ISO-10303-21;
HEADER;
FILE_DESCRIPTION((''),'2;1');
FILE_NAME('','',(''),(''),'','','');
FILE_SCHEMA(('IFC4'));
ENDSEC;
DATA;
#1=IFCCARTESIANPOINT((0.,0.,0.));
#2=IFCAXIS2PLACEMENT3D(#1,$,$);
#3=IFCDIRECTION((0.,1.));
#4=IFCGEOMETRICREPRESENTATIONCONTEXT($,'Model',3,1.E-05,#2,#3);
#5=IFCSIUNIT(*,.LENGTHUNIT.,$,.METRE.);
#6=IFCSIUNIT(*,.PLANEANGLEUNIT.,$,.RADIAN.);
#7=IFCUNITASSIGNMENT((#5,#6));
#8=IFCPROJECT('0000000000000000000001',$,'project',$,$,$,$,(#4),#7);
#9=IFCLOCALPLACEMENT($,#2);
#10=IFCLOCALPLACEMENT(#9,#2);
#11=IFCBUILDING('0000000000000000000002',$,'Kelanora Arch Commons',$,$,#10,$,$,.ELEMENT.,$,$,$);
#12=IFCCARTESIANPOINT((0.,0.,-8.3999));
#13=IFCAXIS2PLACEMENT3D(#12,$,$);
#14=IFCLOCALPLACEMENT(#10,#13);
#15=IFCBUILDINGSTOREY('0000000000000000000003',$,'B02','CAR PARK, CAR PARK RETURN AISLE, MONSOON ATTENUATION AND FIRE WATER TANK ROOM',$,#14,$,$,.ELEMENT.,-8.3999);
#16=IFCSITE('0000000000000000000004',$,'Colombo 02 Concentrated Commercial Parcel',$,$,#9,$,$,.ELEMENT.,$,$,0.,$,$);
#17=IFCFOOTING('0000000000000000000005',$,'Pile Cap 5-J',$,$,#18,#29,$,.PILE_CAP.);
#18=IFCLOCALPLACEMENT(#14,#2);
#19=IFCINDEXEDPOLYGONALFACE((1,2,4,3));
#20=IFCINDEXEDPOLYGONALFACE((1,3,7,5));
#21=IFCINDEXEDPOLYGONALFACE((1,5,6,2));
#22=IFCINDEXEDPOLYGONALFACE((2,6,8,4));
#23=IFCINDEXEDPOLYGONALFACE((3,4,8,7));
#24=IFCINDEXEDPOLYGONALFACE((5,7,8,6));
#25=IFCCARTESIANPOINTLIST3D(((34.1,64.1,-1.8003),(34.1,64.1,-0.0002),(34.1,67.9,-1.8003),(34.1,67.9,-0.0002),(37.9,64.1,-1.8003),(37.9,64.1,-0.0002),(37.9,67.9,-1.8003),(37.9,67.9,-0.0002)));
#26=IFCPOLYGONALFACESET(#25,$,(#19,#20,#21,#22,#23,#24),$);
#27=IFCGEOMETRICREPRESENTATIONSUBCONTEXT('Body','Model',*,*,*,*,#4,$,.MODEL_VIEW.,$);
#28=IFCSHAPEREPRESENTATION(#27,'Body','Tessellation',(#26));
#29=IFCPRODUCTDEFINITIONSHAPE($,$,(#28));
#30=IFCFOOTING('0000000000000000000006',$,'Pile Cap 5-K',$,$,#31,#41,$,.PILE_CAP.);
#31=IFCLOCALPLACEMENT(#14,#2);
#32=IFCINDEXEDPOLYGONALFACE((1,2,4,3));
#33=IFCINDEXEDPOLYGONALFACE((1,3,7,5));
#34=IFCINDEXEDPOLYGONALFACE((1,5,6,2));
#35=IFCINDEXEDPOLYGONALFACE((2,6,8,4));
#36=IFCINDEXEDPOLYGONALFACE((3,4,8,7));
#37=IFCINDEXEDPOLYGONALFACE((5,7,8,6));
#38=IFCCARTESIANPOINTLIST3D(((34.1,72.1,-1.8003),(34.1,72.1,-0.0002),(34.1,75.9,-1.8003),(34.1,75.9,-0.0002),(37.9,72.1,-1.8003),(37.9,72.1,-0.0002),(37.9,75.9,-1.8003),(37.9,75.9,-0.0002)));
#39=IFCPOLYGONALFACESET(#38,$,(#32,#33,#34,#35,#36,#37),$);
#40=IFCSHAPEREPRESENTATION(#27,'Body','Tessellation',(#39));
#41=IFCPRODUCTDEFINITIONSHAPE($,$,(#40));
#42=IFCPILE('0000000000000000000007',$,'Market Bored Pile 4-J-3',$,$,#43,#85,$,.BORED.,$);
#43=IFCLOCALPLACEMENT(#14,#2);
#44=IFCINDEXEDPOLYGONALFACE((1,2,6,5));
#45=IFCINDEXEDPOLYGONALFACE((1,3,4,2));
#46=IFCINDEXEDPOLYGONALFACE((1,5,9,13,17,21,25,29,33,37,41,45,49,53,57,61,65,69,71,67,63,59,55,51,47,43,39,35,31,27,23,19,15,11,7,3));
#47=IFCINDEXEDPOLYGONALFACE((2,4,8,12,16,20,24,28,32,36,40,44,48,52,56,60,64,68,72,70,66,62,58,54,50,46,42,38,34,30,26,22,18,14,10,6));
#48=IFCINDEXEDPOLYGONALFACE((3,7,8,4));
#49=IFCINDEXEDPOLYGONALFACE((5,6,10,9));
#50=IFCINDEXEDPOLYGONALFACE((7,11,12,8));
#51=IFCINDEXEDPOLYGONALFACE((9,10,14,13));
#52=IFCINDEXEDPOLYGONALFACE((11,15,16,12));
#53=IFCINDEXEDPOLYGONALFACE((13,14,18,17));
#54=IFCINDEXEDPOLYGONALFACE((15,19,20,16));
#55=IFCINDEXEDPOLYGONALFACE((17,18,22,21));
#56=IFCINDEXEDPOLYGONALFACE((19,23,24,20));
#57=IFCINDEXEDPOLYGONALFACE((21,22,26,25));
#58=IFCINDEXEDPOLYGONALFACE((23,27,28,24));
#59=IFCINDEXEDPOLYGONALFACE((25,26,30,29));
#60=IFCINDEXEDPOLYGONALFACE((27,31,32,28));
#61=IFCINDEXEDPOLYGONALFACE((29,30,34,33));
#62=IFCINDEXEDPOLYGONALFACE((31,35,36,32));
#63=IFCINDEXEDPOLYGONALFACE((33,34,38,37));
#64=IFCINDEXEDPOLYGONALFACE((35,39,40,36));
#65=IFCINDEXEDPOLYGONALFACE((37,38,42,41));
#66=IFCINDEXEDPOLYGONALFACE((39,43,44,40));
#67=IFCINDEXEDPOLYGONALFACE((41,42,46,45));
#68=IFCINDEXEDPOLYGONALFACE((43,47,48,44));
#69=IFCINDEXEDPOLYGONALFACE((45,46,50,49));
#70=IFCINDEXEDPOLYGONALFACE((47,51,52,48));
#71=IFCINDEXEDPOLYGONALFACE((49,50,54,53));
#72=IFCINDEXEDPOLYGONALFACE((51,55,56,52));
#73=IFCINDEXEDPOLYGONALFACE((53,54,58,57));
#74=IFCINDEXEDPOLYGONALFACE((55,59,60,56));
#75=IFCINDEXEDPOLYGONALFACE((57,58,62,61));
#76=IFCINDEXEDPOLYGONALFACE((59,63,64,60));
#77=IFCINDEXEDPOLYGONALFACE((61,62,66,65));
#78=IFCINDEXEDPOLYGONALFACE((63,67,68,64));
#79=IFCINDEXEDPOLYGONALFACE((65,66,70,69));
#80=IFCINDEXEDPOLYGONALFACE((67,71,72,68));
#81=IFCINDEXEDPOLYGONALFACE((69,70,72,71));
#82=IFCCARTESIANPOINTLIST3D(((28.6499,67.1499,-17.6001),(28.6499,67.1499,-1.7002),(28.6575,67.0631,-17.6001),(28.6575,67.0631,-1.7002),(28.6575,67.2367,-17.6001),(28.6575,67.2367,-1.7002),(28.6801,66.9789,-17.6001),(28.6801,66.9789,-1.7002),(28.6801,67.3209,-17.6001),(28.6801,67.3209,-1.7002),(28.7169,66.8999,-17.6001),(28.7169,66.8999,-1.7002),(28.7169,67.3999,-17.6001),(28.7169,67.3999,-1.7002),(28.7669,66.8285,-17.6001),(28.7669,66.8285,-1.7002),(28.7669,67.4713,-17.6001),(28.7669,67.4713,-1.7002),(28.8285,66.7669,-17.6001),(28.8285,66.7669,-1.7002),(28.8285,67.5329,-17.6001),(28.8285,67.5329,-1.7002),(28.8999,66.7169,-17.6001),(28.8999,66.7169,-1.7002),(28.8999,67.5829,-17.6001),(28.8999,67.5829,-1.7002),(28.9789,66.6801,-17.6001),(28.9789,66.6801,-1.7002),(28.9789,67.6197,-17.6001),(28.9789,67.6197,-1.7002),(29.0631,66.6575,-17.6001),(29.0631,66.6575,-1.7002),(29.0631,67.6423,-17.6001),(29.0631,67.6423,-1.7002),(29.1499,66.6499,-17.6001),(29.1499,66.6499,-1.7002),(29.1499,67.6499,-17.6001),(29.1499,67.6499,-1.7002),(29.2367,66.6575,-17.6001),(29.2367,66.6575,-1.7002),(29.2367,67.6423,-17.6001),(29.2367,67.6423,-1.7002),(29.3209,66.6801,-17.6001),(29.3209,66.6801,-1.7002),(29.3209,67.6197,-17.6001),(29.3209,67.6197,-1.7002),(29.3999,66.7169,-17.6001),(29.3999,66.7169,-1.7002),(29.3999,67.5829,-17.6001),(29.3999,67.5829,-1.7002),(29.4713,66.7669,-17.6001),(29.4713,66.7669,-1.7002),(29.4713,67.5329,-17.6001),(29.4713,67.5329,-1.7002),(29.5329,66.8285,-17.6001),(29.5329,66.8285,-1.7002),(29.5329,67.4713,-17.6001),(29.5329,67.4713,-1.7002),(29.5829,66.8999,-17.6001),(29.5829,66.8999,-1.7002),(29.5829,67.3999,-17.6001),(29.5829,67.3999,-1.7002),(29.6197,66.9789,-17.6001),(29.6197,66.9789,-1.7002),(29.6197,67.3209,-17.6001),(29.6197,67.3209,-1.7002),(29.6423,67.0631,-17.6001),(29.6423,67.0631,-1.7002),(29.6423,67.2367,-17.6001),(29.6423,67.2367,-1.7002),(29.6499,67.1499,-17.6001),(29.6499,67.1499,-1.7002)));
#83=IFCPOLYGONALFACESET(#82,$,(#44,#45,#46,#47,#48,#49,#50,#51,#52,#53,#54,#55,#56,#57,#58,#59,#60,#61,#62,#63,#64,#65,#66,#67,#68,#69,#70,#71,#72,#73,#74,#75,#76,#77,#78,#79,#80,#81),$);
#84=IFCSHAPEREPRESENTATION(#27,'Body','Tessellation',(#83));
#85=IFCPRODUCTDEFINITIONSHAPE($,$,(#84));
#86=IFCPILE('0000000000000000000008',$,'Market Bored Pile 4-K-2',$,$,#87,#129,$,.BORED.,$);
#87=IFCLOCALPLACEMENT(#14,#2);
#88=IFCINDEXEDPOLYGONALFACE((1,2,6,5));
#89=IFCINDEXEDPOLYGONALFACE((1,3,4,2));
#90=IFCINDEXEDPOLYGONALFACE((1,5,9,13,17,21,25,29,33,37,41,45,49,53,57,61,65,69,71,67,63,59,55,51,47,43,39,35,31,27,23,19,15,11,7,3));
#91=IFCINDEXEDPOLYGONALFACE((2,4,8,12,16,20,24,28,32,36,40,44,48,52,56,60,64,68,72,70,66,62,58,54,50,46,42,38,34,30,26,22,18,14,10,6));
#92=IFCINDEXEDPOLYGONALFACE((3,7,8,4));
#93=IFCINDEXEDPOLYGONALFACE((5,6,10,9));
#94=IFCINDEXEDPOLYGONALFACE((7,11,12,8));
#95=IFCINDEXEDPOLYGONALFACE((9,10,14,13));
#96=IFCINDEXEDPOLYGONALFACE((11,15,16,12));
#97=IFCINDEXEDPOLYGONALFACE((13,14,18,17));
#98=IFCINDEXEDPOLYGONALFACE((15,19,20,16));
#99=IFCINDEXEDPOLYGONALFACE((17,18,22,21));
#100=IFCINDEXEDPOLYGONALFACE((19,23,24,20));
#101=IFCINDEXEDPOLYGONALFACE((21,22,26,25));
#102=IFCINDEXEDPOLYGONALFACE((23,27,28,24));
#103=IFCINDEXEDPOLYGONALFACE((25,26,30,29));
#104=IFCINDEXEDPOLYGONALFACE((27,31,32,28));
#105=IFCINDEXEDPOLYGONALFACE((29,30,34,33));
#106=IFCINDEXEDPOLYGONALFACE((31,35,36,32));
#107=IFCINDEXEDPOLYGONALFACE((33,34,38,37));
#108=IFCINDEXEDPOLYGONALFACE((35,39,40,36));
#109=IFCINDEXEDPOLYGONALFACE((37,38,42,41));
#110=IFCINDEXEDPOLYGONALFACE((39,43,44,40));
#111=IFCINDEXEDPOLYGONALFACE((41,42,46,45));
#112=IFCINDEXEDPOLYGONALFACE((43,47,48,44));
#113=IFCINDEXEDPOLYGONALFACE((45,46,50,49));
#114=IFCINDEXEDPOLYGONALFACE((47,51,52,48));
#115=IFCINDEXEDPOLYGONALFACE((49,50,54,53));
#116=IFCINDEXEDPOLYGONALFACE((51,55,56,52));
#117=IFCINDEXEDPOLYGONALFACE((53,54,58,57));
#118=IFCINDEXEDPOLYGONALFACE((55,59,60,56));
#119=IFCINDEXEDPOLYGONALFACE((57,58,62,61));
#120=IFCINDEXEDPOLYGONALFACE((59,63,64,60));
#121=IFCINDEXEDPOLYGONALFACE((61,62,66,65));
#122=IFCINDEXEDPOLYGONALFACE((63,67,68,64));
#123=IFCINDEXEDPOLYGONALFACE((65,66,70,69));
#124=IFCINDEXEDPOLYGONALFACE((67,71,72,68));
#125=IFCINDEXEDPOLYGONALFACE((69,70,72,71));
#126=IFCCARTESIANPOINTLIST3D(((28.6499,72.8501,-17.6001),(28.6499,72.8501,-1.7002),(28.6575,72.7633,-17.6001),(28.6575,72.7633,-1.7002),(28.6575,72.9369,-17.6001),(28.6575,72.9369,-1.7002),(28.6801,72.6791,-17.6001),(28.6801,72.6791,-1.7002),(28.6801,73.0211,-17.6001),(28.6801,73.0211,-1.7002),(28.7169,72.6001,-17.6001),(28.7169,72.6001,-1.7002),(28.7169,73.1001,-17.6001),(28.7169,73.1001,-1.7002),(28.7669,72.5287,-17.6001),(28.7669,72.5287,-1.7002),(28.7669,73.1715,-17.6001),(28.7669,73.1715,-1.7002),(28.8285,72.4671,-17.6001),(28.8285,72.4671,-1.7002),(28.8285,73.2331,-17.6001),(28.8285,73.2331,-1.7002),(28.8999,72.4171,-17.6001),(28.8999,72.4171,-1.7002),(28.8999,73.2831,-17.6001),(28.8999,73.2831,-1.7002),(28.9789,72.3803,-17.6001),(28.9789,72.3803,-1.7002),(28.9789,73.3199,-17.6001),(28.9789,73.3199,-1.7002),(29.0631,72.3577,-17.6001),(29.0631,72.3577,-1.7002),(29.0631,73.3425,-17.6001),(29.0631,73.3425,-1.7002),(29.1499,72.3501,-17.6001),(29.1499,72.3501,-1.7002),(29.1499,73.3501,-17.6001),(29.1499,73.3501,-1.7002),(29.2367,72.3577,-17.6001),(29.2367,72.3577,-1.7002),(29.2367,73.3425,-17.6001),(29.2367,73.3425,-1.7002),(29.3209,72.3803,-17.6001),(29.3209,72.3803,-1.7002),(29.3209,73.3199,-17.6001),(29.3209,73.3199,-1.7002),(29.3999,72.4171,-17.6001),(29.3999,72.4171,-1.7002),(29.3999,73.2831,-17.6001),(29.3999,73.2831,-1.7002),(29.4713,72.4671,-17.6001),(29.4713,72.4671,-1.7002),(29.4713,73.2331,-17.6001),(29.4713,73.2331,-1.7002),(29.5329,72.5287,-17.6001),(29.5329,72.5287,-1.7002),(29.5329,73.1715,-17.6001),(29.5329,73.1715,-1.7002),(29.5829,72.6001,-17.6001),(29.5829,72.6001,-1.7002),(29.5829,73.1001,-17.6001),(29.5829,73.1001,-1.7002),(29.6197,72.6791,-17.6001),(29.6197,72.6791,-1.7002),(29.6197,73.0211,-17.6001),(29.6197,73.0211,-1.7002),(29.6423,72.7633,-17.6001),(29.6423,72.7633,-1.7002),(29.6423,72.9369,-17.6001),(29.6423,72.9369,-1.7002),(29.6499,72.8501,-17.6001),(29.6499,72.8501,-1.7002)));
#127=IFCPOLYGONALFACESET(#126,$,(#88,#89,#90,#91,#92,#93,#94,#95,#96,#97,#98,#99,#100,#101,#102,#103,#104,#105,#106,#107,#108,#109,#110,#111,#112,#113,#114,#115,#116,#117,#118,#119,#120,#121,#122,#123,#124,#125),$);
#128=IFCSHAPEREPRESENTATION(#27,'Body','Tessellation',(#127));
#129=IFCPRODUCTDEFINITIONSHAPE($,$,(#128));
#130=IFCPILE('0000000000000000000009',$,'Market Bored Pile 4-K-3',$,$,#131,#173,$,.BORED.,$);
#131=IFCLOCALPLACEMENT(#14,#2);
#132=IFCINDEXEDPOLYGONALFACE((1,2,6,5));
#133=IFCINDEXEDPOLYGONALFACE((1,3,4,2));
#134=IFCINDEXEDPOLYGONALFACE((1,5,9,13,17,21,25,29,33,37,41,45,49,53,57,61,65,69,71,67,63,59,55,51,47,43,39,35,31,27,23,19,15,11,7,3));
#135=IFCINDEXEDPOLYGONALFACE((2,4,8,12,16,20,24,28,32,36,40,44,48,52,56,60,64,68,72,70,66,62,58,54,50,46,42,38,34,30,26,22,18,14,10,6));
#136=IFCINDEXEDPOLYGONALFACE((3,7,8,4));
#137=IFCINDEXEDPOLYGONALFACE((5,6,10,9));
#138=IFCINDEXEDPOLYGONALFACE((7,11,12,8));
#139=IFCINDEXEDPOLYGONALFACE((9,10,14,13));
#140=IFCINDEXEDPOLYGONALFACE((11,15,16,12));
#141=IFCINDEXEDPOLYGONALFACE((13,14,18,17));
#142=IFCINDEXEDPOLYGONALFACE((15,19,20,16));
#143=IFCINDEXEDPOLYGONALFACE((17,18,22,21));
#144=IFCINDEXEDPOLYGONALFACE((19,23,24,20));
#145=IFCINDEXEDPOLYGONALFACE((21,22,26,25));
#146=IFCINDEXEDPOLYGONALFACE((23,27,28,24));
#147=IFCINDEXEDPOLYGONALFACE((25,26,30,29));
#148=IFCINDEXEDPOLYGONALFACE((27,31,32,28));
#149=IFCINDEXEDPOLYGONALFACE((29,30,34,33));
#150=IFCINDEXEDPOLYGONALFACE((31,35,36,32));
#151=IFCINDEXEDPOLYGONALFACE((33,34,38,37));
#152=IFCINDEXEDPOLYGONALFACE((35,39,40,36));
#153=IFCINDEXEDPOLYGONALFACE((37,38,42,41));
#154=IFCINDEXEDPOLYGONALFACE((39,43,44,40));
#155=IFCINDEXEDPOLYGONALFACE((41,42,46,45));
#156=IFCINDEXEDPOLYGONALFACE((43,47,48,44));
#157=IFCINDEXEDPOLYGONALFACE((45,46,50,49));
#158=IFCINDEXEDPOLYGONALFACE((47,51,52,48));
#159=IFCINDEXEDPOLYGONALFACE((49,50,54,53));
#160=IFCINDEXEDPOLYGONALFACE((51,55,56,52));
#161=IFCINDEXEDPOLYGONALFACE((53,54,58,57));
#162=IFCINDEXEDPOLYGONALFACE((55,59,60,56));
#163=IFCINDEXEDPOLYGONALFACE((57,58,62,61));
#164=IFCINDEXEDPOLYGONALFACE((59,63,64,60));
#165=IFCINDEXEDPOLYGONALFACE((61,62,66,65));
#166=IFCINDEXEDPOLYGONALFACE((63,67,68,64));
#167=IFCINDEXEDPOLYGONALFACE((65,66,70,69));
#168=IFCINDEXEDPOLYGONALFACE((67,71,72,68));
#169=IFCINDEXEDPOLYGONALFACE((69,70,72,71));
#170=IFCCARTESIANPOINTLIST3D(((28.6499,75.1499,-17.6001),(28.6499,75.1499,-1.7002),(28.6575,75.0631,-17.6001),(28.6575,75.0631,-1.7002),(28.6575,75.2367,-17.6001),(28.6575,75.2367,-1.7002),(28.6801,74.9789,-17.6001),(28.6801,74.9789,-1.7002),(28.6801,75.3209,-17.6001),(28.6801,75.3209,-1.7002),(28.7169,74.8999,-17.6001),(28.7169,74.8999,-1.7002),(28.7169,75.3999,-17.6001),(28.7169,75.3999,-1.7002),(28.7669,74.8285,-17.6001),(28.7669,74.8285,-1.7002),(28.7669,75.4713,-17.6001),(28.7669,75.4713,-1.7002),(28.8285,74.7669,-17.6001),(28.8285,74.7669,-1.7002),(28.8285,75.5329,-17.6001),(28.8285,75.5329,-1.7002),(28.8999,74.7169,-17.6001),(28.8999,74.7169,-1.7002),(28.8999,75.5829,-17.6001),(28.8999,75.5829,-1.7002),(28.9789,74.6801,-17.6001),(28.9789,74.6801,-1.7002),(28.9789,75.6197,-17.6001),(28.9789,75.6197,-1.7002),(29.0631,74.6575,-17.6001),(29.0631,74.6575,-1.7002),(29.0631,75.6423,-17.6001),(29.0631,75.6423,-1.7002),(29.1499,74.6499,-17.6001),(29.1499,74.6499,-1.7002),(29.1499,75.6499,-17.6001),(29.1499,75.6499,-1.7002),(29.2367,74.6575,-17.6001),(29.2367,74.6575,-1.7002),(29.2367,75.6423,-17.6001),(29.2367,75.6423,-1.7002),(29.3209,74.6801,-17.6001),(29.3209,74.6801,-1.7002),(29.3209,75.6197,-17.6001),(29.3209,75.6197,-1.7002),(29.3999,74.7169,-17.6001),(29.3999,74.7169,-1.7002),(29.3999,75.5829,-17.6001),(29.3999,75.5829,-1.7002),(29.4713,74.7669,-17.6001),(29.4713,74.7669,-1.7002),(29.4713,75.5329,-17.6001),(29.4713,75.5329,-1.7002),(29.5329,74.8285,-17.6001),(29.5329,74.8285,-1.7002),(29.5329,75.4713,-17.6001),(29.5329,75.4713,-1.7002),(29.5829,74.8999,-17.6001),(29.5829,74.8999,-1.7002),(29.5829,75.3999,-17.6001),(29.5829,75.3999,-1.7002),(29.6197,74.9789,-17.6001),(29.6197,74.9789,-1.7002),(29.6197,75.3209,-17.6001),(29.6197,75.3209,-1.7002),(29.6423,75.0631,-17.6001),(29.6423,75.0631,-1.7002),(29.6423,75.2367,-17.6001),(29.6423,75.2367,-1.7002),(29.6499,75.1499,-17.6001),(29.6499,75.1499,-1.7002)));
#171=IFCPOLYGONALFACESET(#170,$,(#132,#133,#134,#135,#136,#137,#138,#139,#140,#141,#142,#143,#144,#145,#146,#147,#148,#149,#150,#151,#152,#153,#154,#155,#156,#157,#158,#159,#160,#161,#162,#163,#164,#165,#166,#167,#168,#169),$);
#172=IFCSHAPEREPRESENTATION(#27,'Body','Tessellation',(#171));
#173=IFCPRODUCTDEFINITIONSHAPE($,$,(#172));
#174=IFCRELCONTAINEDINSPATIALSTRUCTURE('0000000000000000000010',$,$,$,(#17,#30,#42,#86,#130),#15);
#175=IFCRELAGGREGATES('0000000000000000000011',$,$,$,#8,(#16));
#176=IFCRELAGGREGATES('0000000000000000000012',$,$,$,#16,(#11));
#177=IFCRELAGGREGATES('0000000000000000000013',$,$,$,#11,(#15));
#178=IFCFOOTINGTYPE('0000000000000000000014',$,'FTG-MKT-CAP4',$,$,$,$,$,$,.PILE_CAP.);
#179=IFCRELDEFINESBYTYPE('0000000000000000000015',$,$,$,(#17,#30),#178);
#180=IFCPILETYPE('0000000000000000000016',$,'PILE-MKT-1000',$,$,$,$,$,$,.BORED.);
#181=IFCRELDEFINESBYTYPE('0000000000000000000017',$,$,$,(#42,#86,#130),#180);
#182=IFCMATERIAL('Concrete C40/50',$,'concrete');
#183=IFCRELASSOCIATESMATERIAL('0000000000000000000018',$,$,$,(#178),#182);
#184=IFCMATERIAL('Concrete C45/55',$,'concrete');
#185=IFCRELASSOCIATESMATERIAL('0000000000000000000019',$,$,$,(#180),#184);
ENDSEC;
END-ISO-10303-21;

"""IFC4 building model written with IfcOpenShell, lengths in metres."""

from ifc_helpers import new_model, si_unit, direction, frame, origin, origin_2d, place, context, subcontext, project, spatial, rectangle, circle, extrude, source, transform, mapped, material, material_profile, profile_set, type_object, element, save


model = new_model("IFC4")

# Units and contexts
model_context = context("Model", 3, precision=1e-05, world=origin(), true_north=direction((0.0, 1.0)))
body_context = subcontext(model_context, "Body", "Model", "MODEL_VIEW")
ifc_project = project(units=[si_unit("LENGTHUNIT", "METRE"), si_unit("PLANEANGLEUNIT", "RADIAN")], contexts=[model_context])

# Site, building, storey
site_placement = place(None, origin())
site = spatial("IfcSite", under=ifc_project, at=site_placement, Name="Colombo 02 Concentrated Commercial Parcel", CompositionType="ELEMENT", RefElevation=0.0)
building_placement = place(site_placement, origin())
building = spatial("IfcBuilding", under=site, at=building_placement, Name="Kelanora Arch Commons", CompositionType="ELEMENT")
storey_placement = place(building_placement, frame((0.0, 0.0, -8.3999)))
storey = spatial("IfcBuildingStorey", under=building, at=storey_placement, Name="B02", Description="CAR PARK, CAR PARK RETURN AISLE, MONSOON ATTENUATION AND FIRE WATER TANK ROOM", CompositionType="ELEMENT", Elevation=-8.3999)

# Footings
ifc_material_1 = material(Name="Concrete C40/50", Category="concrete")
footing_type_1 = type_object("IfcFootingType", Name="FTG-MKT-CAP4", PredefinedType="PILE_CAP", material=ifc_material_1)
shared_shape_1 = source(origin(), body_context, "Body", "SweptSolid", [
    extrude(rectangle(XDim=3.8, YDim=3.8, at=origin_2d()), origin(), (0.0, 0.0, 1.0), 1.8),
])
for number, where, z_axis, x_axis, name in (
    (1, (36.0, 66.0, -1.8003), (0.0, 0.0, 1.0), (1.0, 0.0, 0.0), "Pile Cap 5-J"),
    (2, (36.0, 74.0, -1.8003), (0.0, 0.0, 1.0), (1.0, 0.0, 0.0), "Pile Cap 5-K"),
):
    element("IfcFooting", number, at=place(storey_placement, frame(where, z_axis=z_axis, x_axis=x_axis)), inside=storey, type_object=footing_type_1, Name=name, PredefinedType="PILE_CAP", context=body_context, shape_type="MappedRepresentation", body=[
        mapped(shared_shape_1, transform((0.0, 0.0, 0.0), scale=1.0)),
    ])

# Piles
ifc_material_2 = material(Name="Concrete C45/55", Category="concrete")
ifc_material_profile_1 = material_profile(ifc_material_2, circle(Radius=0.5, at=origin_2d()), Name="PILE1000")
ifc_profile_set_1 = profile_set([ifc_material_profile_1], Name="Concrete C45/55")
pile_type = type_object("IfcPileType", Name="PILE-MKT-1000", PredefinedType="BORED", material=ifc_profile_set_1)
shared_shape_2 = source(origin(), body_context, "Body", "SweptSolid", [
    extrude(circle(Radius=0.5, at=origin_2d()), origin(), (0.0, 0.0, 1.0), 15.8999),
])
for number, where, z_axis, x_axis, name in (
    (3, (29.1499, 67.1499, -1.7002), (0.0, 0.0, -1.0), (1.0, 0.0, 0.0), "Market Bored Pile 4-J-3"),
    (4, (29.1499, 72.8501, -1.7002), (0.0, 0.0, -1.0), (1.0, 0.0, 0.0), "Market Bored Pile 4-K-2"),
    (5, (29.1499, 75.1499, -1.7002), (0.0, 0.0, -1.0), (1.0, 0.0, 0.0), "Market Bored Pile 4-K-3"),
):
    element("IfcPile", number, at=place(storey_placement, frame(where, z_axis=z_axis, x_axis=x_axis)), inside=storey, type_object=pile_type, Name=name, PredefinedType="BORED", context=body_context, shape_type="MappedRepresentation", body=[
        mapped(shared_shape_2, transform((0.0, 0.0, 0.0), scale=1.0)),
    ])

save(model, "model.ifc")
